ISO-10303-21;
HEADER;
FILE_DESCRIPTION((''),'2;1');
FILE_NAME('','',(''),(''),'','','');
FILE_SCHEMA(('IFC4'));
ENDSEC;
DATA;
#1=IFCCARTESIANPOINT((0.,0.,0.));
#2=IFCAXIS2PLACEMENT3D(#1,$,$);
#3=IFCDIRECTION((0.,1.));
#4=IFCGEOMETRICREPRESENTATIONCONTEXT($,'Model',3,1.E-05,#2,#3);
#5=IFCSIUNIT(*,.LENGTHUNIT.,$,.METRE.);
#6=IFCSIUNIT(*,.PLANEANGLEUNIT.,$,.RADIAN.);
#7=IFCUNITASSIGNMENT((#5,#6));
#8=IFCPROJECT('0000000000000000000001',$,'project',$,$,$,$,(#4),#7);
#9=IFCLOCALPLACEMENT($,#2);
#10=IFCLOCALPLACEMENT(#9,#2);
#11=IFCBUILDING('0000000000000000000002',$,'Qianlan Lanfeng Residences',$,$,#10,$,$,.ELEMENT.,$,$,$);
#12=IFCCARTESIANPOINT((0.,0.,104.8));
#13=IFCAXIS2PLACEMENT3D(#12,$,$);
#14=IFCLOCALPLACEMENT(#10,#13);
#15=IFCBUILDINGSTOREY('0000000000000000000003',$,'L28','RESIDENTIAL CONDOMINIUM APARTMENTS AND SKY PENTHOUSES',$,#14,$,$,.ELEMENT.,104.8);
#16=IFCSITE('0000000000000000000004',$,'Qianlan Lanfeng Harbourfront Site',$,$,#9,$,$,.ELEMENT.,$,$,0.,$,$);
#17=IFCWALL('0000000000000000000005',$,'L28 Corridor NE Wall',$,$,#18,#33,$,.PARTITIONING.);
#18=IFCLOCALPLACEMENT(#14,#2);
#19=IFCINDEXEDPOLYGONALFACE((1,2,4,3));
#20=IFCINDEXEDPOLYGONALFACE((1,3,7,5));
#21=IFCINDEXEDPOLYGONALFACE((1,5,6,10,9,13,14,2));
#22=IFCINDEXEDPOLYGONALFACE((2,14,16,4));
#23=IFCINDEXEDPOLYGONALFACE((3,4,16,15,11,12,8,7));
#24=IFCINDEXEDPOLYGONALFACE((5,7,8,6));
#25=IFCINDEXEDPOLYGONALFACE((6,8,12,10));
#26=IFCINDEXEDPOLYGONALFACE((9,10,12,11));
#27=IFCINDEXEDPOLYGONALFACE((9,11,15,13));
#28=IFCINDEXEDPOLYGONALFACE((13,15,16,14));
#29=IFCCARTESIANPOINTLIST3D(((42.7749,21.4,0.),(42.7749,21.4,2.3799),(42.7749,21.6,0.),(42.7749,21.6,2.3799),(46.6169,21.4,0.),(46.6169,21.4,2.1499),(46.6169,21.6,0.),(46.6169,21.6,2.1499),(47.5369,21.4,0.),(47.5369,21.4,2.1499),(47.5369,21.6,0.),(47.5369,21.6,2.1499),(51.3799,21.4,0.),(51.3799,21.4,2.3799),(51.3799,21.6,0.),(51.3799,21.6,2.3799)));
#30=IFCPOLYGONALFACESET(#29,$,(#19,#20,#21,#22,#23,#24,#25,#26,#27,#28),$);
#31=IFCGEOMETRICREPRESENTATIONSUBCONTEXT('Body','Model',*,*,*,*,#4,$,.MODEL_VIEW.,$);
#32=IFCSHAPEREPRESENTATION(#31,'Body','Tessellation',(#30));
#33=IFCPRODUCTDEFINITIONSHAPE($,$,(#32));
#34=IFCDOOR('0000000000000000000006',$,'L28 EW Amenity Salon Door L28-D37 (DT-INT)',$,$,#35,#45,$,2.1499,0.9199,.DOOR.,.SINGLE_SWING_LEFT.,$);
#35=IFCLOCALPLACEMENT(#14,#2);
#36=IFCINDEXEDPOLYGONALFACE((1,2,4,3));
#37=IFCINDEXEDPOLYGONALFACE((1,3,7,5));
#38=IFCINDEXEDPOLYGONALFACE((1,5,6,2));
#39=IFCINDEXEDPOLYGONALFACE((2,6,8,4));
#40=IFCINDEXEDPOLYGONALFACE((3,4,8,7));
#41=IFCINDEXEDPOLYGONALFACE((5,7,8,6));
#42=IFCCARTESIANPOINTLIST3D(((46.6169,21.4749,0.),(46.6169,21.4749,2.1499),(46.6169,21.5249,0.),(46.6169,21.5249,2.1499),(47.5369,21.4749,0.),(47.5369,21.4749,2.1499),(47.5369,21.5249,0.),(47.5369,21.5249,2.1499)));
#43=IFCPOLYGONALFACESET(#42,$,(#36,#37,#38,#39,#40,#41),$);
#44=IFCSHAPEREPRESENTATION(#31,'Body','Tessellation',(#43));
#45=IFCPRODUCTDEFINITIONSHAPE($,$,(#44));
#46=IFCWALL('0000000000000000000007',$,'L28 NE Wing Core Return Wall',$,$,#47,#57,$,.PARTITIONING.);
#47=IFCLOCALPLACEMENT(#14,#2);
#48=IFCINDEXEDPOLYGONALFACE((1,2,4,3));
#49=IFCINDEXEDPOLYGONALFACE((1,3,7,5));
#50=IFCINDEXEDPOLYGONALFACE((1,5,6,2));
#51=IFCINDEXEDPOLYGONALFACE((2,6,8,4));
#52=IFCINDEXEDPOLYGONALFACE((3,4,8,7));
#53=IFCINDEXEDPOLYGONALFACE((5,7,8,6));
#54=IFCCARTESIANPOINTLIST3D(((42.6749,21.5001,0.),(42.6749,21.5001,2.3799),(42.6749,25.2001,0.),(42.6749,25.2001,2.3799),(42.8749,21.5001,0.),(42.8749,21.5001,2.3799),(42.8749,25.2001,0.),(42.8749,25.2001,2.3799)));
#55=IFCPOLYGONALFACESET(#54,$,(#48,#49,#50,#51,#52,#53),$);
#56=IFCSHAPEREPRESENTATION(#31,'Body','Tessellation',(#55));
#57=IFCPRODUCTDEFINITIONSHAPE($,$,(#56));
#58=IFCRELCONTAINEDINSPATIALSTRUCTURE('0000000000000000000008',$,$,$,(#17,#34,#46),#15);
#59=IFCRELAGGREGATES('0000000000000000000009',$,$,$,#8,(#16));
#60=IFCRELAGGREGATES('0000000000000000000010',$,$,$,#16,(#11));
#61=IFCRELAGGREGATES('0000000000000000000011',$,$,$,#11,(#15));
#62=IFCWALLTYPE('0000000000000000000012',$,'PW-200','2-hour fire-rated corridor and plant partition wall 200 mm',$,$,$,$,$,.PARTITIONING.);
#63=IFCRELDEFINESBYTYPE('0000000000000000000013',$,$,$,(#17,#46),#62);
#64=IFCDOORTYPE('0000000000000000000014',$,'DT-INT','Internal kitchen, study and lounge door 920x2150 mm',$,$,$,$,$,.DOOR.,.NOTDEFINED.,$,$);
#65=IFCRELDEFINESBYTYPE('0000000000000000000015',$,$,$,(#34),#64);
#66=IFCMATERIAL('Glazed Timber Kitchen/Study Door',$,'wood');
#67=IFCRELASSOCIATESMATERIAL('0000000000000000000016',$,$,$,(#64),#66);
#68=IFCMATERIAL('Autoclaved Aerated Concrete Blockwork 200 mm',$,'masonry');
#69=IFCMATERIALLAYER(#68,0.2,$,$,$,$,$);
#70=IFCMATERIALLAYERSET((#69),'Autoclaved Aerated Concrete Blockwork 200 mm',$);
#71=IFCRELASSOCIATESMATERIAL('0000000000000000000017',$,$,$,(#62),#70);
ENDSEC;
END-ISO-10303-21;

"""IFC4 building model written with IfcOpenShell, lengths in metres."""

from ifc_helpers import new_model, si_unit, direction, frame, frame_2d, origin, place, context, subcontext, project, spatial, rectangle, extrude, material, layer, layer_set, type_object, element, fill, save


model = new_model("IFC4")

# Units and contexts
model_context = context("Model", 3, precision=1e-05, world=origin(), true_north=direction((0.0, 1.0)))
body_context = subcontext(model_context, "Body", "Model", "MODEL_VIEW")
ifc_project = project(units=[si_unit("LENGTHUNIT", "METRE"), si_unit("PLANEANGLEUNIT", "RADIAN")], contexts=[model_context])

# Site, building, storey
site_placement = place(None, origin())
site = spatial("IfcSite", under=ifc_project, at=site_placement, Name="Qianlan Lanfeng Harbourfront Site", CompositionType="ELEMENT", RefElevation=0.0)
building_placement = place(site_placement, origin())
building = spatial("IfcBuilding", under=site, at=building_placement, Name="Qianlan Lanfeng Residences", CompositionType="ELEMENT")
storey_placement = place(building_placement, frame((0.0, 0.0, 104.8)))
storey = spatial("IfcBuildingStorey", under=building, at=storey_placement, Name="L28", Description="RESIDENTIAL CONDOMINIUM APARTMENTS AND SKY PENTHOUSES", CompositionType="ELEMENT", Elevation=104.8)

# Wall, opening, door
ifc_material_1 = material(Name="Glazed Timber Kitchen/Study Door", Category="wood")
door_type = type_object("IfcDoorType", Name="DT-INT", Description="Internal kitchen, study and lounge door 920x2150 mm", OperationType="NOTDEFINED", PredefinedType="DOOR", material=ifc_material_1)
ifc_material_2 = material(Name="Autoclaved Aerated Concrete Blockwork 200 mm", Category="masonry")
ifc_layer_1 = layer(ifc_material_2, 0.2)
ifc_layer_set_1 = layer_set([ifc_layer_1], Name="Autoclaved Aerated Concrete Blockwork 200 mm")
wall_type_1 = type_object("IfcWallType", Name="PW-200", Description="2-hour fire-rated corridor and plant partition wall 200 mm", PredefinedType="PARTITIONING", material=ifc_layer_set_1)
wall_1_placement = place(storey_placement, frame((42.7749, 21.5, 0.0), z_axis=(0.0, 0.0, 1.0), x_axis=(1.0, 0.0, 0.0)))
wall_1 = element("IfcWall", 1, at=wall_1_placement, inside=storey, type_object=wall_type_1, Name="L28 Corridor NE Wall", PredefinedType="PARTITIONING", context=body_context, shape_type="SweptSolid", body=[
    extrude(rectangle(XDim=8.605, YDim=0.2, at=frame_2d((4.3025, 0.0))), origin(), (0.0, 0.0, 1.0), 2.3799),
])
opening_1_placement = place(wall_1_placement, frame((3.842, 0.0, 0.0)))
opening_1 = element("IfcOpeningElement", 2, at=opening_1_placement, cuts=wall_1, PredefinedType="OPENING", context=body_context, shape_type="SweptSolid", body=[
    extrude(rectangle(XDim=0.9199, YDim=2.1499, at=frame_2d((0.46, 1.075))), frame((0.0, 0.1099, 0.0), z_axis=(0.0, -1.0, 0.0), x_axis=(1.0, 0.0, 0.0)), (0.0, 0.0, 1.0), 0.22),
])
door_1_placement = place(opening_1_placement, origin())
door_1 = element("IfcDoor", 3, at=door_1_placement, inside=storey, type_object=door_type, Name="L28 EW Amenity Salon Door L28-D37 (DT-INT)", OperationType="SINGLE_SWING_LEFT", OverallHeight=2.1499, OverallWidth=0.9199, PredefinedType="DOOR", context=body_context, shape_type="SweptSolid", body=[
    extrude(rectangle(XDim=0.9199, YDim=2.1499, at=frame_2d((0.46, 1.075))), frame((0.0, 0.0249, 0.0), z_axis=(0.0, -1.0, 0.0), x_axis=(1.0, 0.0, 0.0)), (0.0, 0.0, 1.0), 0.05),
])
fill(opening_1, door_1)

# Wall
wall_2_placement = place(storey_placement, frame((42.7749, 21.5, 0.0), z_axis=(0.0, 0.0, 1.0), x_axis=(0.0, 1.0, 0.0)))
element("IfcWall", 4, at=wall_2_placement, inside=storey, type_object=wall_type_1, Name="L28 NE Wing Core Return Wall", PredefinedType="PARTITIONING", context=body_context, shape_type="SweptSolid", body=[
    extrude(rectangle(XDim=3.7, YDim=0.2, at=frame_2d((1.8501, 0.0))), origin(), (0.0, 0.0, 1.0), 2.3799),
])

save(model, "model.ifc")
